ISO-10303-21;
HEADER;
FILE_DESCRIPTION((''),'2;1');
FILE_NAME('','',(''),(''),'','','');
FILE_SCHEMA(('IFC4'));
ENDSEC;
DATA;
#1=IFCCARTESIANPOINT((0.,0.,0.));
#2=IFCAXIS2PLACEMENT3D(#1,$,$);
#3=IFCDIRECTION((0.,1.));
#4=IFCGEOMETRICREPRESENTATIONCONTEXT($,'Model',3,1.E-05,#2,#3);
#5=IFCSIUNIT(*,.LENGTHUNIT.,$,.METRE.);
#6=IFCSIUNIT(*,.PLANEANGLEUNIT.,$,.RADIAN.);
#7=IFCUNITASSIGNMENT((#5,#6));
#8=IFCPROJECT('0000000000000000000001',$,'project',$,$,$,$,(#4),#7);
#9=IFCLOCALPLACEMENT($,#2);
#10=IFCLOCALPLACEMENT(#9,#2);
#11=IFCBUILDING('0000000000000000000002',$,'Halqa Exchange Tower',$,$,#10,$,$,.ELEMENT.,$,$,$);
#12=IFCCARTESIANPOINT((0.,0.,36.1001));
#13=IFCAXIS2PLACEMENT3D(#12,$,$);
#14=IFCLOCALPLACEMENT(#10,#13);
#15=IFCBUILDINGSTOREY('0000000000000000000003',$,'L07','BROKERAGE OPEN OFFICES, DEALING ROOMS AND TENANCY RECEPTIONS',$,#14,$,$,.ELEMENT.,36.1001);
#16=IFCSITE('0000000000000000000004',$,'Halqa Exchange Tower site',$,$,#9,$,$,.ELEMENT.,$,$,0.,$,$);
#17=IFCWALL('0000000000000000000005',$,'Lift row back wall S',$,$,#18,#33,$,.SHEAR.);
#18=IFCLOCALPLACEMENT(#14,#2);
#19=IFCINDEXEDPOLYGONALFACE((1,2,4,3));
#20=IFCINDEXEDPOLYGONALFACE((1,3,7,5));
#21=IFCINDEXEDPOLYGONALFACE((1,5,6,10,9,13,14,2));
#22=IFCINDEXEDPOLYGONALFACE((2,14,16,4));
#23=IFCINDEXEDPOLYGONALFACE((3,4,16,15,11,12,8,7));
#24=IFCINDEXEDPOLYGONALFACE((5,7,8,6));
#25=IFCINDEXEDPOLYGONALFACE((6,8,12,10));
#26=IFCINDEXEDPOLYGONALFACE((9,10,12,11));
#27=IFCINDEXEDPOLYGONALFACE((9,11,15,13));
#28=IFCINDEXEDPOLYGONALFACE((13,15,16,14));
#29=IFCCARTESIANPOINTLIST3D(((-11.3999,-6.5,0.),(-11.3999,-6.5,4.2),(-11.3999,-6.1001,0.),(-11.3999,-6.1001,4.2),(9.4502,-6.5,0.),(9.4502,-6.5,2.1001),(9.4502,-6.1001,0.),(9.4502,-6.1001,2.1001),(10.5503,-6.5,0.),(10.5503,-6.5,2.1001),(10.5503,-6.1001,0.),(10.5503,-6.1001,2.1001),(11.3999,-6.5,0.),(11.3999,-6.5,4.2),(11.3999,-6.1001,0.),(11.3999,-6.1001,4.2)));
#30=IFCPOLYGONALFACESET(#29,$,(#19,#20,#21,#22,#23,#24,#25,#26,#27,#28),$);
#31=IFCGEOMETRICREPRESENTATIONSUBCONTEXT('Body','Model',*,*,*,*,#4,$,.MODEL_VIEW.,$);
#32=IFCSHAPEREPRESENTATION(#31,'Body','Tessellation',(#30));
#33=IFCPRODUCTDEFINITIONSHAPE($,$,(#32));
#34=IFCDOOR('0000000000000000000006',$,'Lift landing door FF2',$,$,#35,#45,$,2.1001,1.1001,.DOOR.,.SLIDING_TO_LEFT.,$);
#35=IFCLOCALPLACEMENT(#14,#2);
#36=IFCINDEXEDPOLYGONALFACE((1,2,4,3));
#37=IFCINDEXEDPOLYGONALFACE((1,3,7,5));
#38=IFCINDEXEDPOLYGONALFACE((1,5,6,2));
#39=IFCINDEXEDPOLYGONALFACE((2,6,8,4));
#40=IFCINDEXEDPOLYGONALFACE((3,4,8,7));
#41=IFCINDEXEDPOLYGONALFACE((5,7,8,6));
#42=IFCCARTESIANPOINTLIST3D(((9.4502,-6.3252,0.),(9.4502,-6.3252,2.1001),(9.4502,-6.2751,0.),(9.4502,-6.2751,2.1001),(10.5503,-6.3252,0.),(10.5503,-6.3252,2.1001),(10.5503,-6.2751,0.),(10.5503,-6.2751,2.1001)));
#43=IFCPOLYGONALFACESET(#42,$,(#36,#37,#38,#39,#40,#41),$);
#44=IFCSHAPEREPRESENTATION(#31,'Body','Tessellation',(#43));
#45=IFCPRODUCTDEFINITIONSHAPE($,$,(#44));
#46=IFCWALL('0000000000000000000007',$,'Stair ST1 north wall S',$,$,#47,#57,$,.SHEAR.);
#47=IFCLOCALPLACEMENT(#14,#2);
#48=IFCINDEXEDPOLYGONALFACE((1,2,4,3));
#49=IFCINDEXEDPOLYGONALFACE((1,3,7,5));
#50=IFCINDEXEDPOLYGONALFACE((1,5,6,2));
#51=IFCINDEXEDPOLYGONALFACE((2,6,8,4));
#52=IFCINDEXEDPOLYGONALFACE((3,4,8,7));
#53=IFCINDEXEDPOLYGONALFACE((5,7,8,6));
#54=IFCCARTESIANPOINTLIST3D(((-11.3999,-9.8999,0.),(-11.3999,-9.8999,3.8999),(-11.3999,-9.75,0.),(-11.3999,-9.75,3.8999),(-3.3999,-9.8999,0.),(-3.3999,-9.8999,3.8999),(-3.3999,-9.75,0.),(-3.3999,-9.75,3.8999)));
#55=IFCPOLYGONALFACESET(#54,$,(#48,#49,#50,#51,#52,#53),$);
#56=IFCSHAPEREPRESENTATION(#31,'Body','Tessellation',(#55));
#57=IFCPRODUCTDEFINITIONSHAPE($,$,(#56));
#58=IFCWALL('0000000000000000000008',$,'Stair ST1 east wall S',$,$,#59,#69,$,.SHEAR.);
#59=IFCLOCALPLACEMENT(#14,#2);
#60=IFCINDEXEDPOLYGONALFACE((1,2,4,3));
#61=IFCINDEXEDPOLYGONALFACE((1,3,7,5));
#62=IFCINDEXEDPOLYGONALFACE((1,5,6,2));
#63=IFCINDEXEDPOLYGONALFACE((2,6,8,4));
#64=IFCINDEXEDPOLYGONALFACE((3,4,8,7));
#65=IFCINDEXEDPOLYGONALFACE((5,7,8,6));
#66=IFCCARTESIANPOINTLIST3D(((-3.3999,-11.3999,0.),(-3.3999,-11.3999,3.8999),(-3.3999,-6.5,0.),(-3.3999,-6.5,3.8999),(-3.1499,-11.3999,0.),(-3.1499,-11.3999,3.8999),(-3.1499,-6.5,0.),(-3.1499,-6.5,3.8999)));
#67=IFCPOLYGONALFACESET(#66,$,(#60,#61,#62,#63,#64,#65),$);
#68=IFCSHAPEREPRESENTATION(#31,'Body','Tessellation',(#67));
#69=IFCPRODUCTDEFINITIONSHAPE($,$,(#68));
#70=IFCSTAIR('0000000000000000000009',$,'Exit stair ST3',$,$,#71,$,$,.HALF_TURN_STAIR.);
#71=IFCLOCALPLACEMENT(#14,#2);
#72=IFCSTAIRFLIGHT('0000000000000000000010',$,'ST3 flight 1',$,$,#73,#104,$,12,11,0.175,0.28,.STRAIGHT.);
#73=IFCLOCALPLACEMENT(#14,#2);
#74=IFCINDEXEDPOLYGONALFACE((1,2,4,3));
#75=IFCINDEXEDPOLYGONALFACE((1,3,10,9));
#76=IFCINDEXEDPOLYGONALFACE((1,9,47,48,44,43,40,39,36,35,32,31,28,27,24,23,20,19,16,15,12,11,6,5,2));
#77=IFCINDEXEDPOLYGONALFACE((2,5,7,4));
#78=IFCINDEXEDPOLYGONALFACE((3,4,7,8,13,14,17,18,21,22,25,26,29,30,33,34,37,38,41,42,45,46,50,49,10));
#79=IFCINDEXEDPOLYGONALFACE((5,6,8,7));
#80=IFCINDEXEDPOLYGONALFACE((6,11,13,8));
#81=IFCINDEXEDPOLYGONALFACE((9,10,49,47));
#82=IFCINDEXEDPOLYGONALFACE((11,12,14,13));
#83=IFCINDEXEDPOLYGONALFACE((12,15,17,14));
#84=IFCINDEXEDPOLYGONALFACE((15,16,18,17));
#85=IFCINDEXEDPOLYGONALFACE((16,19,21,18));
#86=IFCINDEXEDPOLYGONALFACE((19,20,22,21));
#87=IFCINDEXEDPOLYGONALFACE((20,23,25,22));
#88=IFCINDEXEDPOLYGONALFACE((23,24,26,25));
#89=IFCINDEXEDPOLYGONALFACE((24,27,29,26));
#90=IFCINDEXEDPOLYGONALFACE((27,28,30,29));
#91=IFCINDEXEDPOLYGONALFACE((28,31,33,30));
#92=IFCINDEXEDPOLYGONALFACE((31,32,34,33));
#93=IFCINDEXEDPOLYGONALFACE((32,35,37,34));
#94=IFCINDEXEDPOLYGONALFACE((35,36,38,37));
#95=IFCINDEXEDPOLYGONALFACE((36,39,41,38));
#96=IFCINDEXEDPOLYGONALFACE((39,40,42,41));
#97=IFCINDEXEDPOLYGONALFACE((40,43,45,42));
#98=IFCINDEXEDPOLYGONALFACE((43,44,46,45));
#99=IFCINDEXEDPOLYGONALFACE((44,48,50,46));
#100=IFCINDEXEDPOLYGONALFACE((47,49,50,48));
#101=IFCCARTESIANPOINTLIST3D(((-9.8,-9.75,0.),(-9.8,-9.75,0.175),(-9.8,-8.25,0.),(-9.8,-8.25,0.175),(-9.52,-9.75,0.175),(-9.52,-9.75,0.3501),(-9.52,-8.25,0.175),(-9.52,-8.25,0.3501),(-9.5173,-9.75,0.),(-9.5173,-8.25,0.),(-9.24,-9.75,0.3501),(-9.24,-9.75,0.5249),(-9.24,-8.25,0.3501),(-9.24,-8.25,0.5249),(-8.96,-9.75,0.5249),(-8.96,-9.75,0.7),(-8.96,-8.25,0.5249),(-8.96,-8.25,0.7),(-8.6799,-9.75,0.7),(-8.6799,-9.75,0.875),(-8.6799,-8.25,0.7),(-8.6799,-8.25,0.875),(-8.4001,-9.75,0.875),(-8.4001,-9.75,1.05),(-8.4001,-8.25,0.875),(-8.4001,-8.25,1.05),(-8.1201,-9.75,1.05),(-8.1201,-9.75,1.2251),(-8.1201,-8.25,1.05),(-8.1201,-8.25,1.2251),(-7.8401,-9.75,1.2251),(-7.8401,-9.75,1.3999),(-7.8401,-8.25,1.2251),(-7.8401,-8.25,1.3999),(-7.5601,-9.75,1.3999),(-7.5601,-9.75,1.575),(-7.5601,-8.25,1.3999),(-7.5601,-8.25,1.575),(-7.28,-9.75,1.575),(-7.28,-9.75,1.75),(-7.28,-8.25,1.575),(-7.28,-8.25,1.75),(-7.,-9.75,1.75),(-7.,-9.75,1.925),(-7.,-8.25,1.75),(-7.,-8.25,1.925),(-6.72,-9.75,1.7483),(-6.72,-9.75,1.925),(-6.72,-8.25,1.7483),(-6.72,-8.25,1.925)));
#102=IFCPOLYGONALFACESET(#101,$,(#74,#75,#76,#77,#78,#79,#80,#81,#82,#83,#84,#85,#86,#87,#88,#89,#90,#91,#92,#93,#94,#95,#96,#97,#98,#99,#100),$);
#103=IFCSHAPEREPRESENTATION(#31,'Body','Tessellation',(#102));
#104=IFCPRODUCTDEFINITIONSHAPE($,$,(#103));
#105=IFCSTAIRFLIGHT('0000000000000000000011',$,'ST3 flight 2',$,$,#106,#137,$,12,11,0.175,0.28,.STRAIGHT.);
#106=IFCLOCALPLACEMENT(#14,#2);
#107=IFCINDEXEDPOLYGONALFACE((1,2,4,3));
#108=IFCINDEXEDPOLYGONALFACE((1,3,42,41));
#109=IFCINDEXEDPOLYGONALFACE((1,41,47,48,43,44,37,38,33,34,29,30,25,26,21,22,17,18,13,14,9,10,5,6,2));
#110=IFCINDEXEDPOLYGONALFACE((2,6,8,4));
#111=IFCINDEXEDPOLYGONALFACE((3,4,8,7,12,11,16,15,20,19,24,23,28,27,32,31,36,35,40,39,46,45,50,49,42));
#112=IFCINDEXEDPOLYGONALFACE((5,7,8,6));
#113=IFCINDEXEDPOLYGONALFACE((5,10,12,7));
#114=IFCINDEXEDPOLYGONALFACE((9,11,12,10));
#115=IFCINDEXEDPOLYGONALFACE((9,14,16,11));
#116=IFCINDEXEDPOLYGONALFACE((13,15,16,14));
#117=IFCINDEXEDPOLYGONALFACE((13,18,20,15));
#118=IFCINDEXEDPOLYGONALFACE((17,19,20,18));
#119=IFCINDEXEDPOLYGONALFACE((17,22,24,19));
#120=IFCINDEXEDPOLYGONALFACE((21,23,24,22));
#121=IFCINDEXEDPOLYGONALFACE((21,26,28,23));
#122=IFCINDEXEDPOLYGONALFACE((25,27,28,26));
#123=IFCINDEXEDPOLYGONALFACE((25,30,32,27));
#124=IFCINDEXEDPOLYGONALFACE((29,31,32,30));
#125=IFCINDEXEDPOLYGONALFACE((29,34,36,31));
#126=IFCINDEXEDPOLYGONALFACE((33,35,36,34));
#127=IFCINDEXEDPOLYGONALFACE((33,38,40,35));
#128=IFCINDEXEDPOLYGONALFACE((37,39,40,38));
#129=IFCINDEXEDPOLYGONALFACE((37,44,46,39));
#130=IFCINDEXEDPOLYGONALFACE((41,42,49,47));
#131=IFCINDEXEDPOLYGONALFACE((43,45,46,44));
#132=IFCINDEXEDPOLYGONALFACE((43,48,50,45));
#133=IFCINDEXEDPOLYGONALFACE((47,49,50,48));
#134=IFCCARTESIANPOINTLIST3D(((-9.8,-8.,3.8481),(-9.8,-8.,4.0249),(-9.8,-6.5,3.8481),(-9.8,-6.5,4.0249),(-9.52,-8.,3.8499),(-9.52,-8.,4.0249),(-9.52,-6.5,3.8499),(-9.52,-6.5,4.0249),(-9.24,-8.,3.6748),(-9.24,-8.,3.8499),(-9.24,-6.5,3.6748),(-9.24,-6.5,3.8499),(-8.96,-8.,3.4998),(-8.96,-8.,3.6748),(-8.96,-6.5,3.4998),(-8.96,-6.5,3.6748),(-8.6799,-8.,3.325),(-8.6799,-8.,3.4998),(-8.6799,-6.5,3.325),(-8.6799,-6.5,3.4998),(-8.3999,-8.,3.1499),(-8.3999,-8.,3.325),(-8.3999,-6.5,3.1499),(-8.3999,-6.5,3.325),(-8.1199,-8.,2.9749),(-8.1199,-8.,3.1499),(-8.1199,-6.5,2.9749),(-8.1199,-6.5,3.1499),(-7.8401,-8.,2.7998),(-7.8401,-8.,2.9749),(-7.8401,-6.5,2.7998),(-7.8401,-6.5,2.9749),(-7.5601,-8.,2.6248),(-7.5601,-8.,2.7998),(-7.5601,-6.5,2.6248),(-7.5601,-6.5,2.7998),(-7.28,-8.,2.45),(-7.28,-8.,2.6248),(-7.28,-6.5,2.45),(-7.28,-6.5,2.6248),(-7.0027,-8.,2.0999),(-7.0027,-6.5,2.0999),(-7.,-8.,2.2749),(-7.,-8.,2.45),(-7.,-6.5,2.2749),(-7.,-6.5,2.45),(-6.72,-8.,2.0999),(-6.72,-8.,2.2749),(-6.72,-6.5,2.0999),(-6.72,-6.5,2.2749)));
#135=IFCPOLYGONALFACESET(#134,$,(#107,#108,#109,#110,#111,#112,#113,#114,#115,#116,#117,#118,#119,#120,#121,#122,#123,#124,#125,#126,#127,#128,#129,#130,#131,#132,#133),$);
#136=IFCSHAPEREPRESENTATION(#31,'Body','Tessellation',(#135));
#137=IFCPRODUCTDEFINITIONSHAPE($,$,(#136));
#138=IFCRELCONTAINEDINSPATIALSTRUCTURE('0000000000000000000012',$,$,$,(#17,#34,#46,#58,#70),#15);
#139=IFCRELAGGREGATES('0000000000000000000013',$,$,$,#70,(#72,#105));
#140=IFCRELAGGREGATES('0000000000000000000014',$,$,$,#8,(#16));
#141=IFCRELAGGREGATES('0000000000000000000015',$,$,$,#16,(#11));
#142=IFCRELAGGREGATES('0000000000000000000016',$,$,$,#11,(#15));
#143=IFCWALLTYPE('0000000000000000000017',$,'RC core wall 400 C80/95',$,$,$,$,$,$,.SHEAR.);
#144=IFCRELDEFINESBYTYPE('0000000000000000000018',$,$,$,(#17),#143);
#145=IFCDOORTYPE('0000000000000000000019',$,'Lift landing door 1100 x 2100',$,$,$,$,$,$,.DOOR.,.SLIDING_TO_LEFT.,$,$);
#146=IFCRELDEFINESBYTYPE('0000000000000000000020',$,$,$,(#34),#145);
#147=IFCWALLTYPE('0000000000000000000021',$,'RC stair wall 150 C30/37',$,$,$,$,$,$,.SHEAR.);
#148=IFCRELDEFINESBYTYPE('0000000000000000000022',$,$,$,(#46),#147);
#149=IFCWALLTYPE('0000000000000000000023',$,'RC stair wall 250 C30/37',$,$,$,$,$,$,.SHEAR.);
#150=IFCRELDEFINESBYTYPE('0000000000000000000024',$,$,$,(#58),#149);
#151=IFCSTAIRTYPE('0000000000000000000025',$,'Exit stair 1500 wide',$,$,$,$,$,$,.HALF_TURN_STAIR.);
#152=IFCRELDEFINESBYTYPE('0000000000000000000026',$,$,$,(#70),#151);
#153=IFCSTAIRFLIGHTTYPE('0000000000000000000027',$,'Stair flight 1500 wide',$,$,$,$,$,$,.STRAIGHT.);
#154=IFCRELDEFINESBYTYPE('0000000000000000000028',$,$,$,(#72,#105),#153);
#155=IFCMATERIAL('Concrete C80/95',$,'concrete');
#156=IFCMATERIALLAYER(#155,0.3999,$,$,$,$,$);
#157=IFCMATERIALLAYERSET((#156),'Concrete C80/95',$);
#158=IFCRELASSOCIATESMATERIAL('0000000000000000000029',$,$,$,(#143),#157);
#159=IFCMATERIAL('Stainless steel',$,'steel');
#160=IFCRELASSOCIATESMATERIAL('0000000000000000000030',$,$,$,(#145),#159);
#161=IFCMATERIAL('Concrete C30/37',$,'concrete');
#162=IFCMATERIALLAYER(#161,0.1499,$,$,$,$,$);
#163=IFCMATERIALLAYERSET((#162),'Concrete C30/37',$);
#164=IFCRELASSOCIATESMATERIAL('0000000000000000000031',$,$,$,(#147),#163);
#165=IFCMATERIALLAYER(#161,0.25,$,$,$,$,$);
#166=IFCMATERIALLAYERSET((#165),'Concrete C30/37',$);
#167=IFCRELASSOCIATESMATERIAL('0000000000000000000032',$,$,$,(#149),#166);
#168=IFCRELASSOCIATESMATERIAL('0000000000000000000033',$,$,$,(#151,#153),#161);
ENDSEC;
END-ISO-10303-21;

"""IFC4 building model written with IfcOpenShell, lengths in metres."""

from ifc_helpers import new_model, si_unit, direction, frame, frame_2d, origin, place, context, subcontext, project, spatial, polyline, rectangle, outline, extrude, material, layer, layer_set, type_object, element, fill, aggregate, save


model = new_model("IFC4")

# Units and contexts
model_context = context("Model", 3, precision=1e-05, world=origin(), true_north=direction((0.0, 1.0)))
body_context = subcontext(model_context, "Body", "Model", "MODEL_VIEW")
ifc_project = project(units=[si_unit("LENGTHUNIT", "METRE"), si_unit("PLANEANGLEUNIT", "RADIAN")], contexts=[model_context])

# Site, building, storey
site_placement = place(None, origin())
site = spatial("IfcSite", under=ifc_project, at=site_placement, Name="Halqa Exchange Tower site", CompositionType="ELEMENT", RefElevation=0.0)
building_placement = place(site_placement, origin())
building = spatial("IfcBuilding", under=site, at=building_placement, Name="Halqa Exchange Tower", CompositionType="ELEMENT")
storey_placement = place(building_placement, frame((0.0, 0.0, 36.1001)))
storey = spatial("IfcBuildingStorey", under=building, at=storey_placement, Name="L07", Description="BROKERAGE OPEN OFFICES, DEALING ROOMS AND TENANCY RECEPTIONS", CompositionType="ELEMENT", Elevation=36.1001)

# Shared definitions
ifc_material_1 = material(Name="Concrete C80/95", Category="concrete")
ifc_layer_1 = layer(ifc_material_1, 0.3999)
ifc_layer_set_1 = layer_set([ifc_layer_1], Name="Concrete C80/95")
wall_type_1 = type_object("IfcWallType", Name="RC core wall 400 C80/95", PredefinedType="SHEAR", material=ifc_layer_set_1)
ifc_material_2 = material(Name="Stainless steel", Category="steel")
door_type = type_object("IfcDoorType", Name="Lift landing door 1100 x 2100", OperationType="SLIDING_TO_LEFT", PredefinedType="DOOR", material=ifc_material_2)

# Wall, opening, door
wall_1_placement = place(storey_placement, frame((-11.3999, -6.3, 0.0), z_axis=(0.0, 0.0, 1.0), x_axis=(1.0, 0.0, 0.0)))
wall_1 = element("IfcWall", 1, at=wall_1_placement, inside=storey, type_object=wall_type_1, Name="Lift row back wall S", PredefinedType="SHEAR", context=body_context, shape_type="SweptSolid", body=[
    extrude(rectangle(XDim=22.7998, YDim=0.3999, at=frame_2d((11.3999, 0.0))), origin(), (0.0, 0.0, 1.0), 4.2),
])
opening_1_placement = place(wall_1_placement, frame((20.8501, 0.0, 0.0)))
opening_1 = element("IfcOpeningElement", 2, at=opening_1_placement, cuts=wall_1, PredefinedType="OPENING", context=body_context, shape_type="SweptSolid", body=[
    extrude(rectangle(XDim=1.1001, YDim=2.1001, at=frame_2d((0.55, 1.05))), frame((0.0, 0.2119, 0.0), z_axis=(0.0, -1.0, 0.0), x_axis=(1.0, 0.0, 0.0)), (0.0, 0.0, 1.0), 0.4238),
])
door_1_placement = place(opening_1_placement, origin())
door_1 = element("IfcDoor", 3, at=door_1_placement, inside=storey, type_object=door_type, Name="Lift landing door FF2", OperationType="SLIDING_TO_LEFT", OverallHeight=2.1001, OverallWidth=1.1001, PredefinedType="DOOR", context=body_context, shape_type="SweptSolid", body=[
    extrude(rectangle(XDim=1.1001, YDim=2.1001, at=frame_2d((0.55, 1.05))), frame((0.0, 0.0249, 0.0), z_axis=(0.0, -1.0, 0.0), x_axis=(1.0, 0.0, 0.0)), (0.0, 0.0, 1.0), 0.05),
])
fill(opening_1, door_1)

# Walls
ifc_material_3 = material(Name="Concrete C30/37", Category="concrete")
ifc_layer_2 = layer(ifc_material_3, 0.1499)
ifc_layer_set_2 = layer_set([ifc_layer_2], Name="Concrete C30/37")
wall_type_2 = type_object("IfcWallType", Name="RC stair wall 150 C30/37", PredefinedType="SHEAR", material=ifc_layer_set_2)
wall_2_placement = place(storey_placement, frame((-11.3999, -9.825, 0.0), z_axis=(0.0, 0.0, 1.0), x_axis=(1.0, 0.0, 0.0)))
element("IfcWall", 4, at=wall_2_placement, inside=storey, type_object=wall_type_2, Name="Stair ST1 north wall S", PredefinedType="SHEAR", context=body_context, shape_type="SweptSolid", body=[
    extrude(rectangle(XDim=8.0, YDim=0.1499, at=frame_2d((4.0, 0.0))), origin(), (0.0, 0.0, 1.0), 3.8999),
])
ifc_layer_3 = layer(ifc_material_3, 0.25)
ifc_layer_set_3 = layer_set([ifc_layer_3], Name="Concrete C30/37")
wall_type_3 = type_object("IfcWallType", Name="RC stair wall 250 C30/37", PredefinedType="SHEAR", material=ifc_layer_set_3)
wall_3_placement = place(storey_placement, frame((-3.2749, -11.3999, 0.0), z_axis=(0.0, 0.0, 1.0), x_axis=(0.0, 1.0, 0.0)))
element("IfcWall", 5, at=wall_3_placement, inside=storey, type_object=wall_type_3, Name="Stair ST1 east wall S", PredefinedType="SHEAR", context=body_context, shape_type="SweptSolid", body=[
    extrude(rectangle(XDim=4.8999, YDim=0.25, at=frame_2d((2.45, 0.0))), origin(), (0.0, 0.0, 1.0), 3.8999),
])

# Stair, stair flights
stair_type = type_object("IfcStairType", Name="Exit stair 1500 wide", PredefinedType="HALF_TURN_STAIR", material=ifc_material_3)
stair_placement = place(storey_placement, origin())
stair = element("IfcStair", 6, at=stair_placement, inside=storey, type_object=stair_type, Name="Exit stair ST3", PredefinedType="HALF_TURN_STAIR")
stair_flight_type = type_object("IfcStairFlightType", Name="Stair flight 1500 wide", PredefinedType="STRAIGHT", material=ifc_material_3)
stair_flight_1_placement = place(storey_placement, frame((-9.8, -9.0, 0.0), z_axis=(0.0, 0.0, 1.0), x_axis=(1.0, 0.0, 0.0)))
stair_flight_1 = element("IfcStairFlight", 7, at=stair_flight_1_placement, type_object=stair_flight_type, Name="ST3 flight 1", NumberOfRisers=12, NumberOfTreads=11, PredefinedType="STRAIGHT", RiserHeight=0.175, TreadLength=0.28, context=body_context, shape_type="SweptSolid", body=[
    extrude(outline(polyline([(0.0, 0.0), (0.0, 0.175), (0.28, 0.175), (0.28, 0.3501), (0.5601, 0.3501), (0.5601, 0.5249), (0.8401, 0.5249), (0.8401, 0.7), (1.1201, 0.7), (1.1201, 0.875), (1.3999, 0.875), (1.3999, 1.05), (1.6799, 1.05), (1.6799, 1.2251), (1.96, 1.2251), (1.96, 1.3999), (2.24, 1.3999), (2.24, 1.575), (2.52, 1.575), (2.52, 1.75), (2.8, 1.75), (2.8, 1.925), (3.0801, 1.925), (3.0801, 2.1001), (3.0801, 1.7483), (0.2827, 0.0), (0.0, 0.0)])), frame((0.0, 0.75, 0.0), z_axis=(0.0, -1.0, 0.0), x_axis=(1.0, 0.0, 0.0)), (0.0, 0.0, 1.0), 1.5),
])
stair_flight_2_placement = place(storey_placement, frame((-6.72, -7.25, 2.0999), z_axis=(0.0, 0.0, 1.0), x_axis=(-1.0, 0.0, 0.0)))
stair_flight_2 = element("IfcStairFlight", 8, at=stair_flight_2_placement, type_object=stair_flight_type, Name="ST3 flight 2", NumberOfRisers=12, NumberOfTreads=11, PredefinedType="STRAIGHT", RiserHeight=0.175, TreadLength=0.28, context=body_context, shape_type="SweptSolid", body=[
    extrude(outline(polyline([(0.0, 0.0), (0.0, 0.175), (0.28, 0.175), (0.28, 0.3501), (0.5601, 0.3501), (0.5601, 0.5249), (0.8401, 0.5249), (0.8401, 0.7), (1.1201, 0.7), (1.1201, 0.875), (1.3999, 0.875), (1.3999, 1.05), (1.6799, 1.05), (1.6799, 1.2251), (1.96, 1.2251), (1.96, 1.3999), (2.24, 1.3999), (2.24, 1.575), (2.52, 1.575), (2.52, 1.75), (2.8, 1.75), (2.8, 1.925), (3.0801, 1.925), (3.0801, 2.1001), (3.0801, 1.7483), (0.2827, 0.0), (0.0, 0.0)])), frame((0.0, 0.75, 0.0), z_axis=(0.0, -1.0, 0.0), x_axis=(1.0, 0.0, 0.0)), (0.0, 0.0, 1.0), 1.5),
])
aggregate(stair, [stair_flight_1, stair_flight_2])

save(model, "model.ifc")
